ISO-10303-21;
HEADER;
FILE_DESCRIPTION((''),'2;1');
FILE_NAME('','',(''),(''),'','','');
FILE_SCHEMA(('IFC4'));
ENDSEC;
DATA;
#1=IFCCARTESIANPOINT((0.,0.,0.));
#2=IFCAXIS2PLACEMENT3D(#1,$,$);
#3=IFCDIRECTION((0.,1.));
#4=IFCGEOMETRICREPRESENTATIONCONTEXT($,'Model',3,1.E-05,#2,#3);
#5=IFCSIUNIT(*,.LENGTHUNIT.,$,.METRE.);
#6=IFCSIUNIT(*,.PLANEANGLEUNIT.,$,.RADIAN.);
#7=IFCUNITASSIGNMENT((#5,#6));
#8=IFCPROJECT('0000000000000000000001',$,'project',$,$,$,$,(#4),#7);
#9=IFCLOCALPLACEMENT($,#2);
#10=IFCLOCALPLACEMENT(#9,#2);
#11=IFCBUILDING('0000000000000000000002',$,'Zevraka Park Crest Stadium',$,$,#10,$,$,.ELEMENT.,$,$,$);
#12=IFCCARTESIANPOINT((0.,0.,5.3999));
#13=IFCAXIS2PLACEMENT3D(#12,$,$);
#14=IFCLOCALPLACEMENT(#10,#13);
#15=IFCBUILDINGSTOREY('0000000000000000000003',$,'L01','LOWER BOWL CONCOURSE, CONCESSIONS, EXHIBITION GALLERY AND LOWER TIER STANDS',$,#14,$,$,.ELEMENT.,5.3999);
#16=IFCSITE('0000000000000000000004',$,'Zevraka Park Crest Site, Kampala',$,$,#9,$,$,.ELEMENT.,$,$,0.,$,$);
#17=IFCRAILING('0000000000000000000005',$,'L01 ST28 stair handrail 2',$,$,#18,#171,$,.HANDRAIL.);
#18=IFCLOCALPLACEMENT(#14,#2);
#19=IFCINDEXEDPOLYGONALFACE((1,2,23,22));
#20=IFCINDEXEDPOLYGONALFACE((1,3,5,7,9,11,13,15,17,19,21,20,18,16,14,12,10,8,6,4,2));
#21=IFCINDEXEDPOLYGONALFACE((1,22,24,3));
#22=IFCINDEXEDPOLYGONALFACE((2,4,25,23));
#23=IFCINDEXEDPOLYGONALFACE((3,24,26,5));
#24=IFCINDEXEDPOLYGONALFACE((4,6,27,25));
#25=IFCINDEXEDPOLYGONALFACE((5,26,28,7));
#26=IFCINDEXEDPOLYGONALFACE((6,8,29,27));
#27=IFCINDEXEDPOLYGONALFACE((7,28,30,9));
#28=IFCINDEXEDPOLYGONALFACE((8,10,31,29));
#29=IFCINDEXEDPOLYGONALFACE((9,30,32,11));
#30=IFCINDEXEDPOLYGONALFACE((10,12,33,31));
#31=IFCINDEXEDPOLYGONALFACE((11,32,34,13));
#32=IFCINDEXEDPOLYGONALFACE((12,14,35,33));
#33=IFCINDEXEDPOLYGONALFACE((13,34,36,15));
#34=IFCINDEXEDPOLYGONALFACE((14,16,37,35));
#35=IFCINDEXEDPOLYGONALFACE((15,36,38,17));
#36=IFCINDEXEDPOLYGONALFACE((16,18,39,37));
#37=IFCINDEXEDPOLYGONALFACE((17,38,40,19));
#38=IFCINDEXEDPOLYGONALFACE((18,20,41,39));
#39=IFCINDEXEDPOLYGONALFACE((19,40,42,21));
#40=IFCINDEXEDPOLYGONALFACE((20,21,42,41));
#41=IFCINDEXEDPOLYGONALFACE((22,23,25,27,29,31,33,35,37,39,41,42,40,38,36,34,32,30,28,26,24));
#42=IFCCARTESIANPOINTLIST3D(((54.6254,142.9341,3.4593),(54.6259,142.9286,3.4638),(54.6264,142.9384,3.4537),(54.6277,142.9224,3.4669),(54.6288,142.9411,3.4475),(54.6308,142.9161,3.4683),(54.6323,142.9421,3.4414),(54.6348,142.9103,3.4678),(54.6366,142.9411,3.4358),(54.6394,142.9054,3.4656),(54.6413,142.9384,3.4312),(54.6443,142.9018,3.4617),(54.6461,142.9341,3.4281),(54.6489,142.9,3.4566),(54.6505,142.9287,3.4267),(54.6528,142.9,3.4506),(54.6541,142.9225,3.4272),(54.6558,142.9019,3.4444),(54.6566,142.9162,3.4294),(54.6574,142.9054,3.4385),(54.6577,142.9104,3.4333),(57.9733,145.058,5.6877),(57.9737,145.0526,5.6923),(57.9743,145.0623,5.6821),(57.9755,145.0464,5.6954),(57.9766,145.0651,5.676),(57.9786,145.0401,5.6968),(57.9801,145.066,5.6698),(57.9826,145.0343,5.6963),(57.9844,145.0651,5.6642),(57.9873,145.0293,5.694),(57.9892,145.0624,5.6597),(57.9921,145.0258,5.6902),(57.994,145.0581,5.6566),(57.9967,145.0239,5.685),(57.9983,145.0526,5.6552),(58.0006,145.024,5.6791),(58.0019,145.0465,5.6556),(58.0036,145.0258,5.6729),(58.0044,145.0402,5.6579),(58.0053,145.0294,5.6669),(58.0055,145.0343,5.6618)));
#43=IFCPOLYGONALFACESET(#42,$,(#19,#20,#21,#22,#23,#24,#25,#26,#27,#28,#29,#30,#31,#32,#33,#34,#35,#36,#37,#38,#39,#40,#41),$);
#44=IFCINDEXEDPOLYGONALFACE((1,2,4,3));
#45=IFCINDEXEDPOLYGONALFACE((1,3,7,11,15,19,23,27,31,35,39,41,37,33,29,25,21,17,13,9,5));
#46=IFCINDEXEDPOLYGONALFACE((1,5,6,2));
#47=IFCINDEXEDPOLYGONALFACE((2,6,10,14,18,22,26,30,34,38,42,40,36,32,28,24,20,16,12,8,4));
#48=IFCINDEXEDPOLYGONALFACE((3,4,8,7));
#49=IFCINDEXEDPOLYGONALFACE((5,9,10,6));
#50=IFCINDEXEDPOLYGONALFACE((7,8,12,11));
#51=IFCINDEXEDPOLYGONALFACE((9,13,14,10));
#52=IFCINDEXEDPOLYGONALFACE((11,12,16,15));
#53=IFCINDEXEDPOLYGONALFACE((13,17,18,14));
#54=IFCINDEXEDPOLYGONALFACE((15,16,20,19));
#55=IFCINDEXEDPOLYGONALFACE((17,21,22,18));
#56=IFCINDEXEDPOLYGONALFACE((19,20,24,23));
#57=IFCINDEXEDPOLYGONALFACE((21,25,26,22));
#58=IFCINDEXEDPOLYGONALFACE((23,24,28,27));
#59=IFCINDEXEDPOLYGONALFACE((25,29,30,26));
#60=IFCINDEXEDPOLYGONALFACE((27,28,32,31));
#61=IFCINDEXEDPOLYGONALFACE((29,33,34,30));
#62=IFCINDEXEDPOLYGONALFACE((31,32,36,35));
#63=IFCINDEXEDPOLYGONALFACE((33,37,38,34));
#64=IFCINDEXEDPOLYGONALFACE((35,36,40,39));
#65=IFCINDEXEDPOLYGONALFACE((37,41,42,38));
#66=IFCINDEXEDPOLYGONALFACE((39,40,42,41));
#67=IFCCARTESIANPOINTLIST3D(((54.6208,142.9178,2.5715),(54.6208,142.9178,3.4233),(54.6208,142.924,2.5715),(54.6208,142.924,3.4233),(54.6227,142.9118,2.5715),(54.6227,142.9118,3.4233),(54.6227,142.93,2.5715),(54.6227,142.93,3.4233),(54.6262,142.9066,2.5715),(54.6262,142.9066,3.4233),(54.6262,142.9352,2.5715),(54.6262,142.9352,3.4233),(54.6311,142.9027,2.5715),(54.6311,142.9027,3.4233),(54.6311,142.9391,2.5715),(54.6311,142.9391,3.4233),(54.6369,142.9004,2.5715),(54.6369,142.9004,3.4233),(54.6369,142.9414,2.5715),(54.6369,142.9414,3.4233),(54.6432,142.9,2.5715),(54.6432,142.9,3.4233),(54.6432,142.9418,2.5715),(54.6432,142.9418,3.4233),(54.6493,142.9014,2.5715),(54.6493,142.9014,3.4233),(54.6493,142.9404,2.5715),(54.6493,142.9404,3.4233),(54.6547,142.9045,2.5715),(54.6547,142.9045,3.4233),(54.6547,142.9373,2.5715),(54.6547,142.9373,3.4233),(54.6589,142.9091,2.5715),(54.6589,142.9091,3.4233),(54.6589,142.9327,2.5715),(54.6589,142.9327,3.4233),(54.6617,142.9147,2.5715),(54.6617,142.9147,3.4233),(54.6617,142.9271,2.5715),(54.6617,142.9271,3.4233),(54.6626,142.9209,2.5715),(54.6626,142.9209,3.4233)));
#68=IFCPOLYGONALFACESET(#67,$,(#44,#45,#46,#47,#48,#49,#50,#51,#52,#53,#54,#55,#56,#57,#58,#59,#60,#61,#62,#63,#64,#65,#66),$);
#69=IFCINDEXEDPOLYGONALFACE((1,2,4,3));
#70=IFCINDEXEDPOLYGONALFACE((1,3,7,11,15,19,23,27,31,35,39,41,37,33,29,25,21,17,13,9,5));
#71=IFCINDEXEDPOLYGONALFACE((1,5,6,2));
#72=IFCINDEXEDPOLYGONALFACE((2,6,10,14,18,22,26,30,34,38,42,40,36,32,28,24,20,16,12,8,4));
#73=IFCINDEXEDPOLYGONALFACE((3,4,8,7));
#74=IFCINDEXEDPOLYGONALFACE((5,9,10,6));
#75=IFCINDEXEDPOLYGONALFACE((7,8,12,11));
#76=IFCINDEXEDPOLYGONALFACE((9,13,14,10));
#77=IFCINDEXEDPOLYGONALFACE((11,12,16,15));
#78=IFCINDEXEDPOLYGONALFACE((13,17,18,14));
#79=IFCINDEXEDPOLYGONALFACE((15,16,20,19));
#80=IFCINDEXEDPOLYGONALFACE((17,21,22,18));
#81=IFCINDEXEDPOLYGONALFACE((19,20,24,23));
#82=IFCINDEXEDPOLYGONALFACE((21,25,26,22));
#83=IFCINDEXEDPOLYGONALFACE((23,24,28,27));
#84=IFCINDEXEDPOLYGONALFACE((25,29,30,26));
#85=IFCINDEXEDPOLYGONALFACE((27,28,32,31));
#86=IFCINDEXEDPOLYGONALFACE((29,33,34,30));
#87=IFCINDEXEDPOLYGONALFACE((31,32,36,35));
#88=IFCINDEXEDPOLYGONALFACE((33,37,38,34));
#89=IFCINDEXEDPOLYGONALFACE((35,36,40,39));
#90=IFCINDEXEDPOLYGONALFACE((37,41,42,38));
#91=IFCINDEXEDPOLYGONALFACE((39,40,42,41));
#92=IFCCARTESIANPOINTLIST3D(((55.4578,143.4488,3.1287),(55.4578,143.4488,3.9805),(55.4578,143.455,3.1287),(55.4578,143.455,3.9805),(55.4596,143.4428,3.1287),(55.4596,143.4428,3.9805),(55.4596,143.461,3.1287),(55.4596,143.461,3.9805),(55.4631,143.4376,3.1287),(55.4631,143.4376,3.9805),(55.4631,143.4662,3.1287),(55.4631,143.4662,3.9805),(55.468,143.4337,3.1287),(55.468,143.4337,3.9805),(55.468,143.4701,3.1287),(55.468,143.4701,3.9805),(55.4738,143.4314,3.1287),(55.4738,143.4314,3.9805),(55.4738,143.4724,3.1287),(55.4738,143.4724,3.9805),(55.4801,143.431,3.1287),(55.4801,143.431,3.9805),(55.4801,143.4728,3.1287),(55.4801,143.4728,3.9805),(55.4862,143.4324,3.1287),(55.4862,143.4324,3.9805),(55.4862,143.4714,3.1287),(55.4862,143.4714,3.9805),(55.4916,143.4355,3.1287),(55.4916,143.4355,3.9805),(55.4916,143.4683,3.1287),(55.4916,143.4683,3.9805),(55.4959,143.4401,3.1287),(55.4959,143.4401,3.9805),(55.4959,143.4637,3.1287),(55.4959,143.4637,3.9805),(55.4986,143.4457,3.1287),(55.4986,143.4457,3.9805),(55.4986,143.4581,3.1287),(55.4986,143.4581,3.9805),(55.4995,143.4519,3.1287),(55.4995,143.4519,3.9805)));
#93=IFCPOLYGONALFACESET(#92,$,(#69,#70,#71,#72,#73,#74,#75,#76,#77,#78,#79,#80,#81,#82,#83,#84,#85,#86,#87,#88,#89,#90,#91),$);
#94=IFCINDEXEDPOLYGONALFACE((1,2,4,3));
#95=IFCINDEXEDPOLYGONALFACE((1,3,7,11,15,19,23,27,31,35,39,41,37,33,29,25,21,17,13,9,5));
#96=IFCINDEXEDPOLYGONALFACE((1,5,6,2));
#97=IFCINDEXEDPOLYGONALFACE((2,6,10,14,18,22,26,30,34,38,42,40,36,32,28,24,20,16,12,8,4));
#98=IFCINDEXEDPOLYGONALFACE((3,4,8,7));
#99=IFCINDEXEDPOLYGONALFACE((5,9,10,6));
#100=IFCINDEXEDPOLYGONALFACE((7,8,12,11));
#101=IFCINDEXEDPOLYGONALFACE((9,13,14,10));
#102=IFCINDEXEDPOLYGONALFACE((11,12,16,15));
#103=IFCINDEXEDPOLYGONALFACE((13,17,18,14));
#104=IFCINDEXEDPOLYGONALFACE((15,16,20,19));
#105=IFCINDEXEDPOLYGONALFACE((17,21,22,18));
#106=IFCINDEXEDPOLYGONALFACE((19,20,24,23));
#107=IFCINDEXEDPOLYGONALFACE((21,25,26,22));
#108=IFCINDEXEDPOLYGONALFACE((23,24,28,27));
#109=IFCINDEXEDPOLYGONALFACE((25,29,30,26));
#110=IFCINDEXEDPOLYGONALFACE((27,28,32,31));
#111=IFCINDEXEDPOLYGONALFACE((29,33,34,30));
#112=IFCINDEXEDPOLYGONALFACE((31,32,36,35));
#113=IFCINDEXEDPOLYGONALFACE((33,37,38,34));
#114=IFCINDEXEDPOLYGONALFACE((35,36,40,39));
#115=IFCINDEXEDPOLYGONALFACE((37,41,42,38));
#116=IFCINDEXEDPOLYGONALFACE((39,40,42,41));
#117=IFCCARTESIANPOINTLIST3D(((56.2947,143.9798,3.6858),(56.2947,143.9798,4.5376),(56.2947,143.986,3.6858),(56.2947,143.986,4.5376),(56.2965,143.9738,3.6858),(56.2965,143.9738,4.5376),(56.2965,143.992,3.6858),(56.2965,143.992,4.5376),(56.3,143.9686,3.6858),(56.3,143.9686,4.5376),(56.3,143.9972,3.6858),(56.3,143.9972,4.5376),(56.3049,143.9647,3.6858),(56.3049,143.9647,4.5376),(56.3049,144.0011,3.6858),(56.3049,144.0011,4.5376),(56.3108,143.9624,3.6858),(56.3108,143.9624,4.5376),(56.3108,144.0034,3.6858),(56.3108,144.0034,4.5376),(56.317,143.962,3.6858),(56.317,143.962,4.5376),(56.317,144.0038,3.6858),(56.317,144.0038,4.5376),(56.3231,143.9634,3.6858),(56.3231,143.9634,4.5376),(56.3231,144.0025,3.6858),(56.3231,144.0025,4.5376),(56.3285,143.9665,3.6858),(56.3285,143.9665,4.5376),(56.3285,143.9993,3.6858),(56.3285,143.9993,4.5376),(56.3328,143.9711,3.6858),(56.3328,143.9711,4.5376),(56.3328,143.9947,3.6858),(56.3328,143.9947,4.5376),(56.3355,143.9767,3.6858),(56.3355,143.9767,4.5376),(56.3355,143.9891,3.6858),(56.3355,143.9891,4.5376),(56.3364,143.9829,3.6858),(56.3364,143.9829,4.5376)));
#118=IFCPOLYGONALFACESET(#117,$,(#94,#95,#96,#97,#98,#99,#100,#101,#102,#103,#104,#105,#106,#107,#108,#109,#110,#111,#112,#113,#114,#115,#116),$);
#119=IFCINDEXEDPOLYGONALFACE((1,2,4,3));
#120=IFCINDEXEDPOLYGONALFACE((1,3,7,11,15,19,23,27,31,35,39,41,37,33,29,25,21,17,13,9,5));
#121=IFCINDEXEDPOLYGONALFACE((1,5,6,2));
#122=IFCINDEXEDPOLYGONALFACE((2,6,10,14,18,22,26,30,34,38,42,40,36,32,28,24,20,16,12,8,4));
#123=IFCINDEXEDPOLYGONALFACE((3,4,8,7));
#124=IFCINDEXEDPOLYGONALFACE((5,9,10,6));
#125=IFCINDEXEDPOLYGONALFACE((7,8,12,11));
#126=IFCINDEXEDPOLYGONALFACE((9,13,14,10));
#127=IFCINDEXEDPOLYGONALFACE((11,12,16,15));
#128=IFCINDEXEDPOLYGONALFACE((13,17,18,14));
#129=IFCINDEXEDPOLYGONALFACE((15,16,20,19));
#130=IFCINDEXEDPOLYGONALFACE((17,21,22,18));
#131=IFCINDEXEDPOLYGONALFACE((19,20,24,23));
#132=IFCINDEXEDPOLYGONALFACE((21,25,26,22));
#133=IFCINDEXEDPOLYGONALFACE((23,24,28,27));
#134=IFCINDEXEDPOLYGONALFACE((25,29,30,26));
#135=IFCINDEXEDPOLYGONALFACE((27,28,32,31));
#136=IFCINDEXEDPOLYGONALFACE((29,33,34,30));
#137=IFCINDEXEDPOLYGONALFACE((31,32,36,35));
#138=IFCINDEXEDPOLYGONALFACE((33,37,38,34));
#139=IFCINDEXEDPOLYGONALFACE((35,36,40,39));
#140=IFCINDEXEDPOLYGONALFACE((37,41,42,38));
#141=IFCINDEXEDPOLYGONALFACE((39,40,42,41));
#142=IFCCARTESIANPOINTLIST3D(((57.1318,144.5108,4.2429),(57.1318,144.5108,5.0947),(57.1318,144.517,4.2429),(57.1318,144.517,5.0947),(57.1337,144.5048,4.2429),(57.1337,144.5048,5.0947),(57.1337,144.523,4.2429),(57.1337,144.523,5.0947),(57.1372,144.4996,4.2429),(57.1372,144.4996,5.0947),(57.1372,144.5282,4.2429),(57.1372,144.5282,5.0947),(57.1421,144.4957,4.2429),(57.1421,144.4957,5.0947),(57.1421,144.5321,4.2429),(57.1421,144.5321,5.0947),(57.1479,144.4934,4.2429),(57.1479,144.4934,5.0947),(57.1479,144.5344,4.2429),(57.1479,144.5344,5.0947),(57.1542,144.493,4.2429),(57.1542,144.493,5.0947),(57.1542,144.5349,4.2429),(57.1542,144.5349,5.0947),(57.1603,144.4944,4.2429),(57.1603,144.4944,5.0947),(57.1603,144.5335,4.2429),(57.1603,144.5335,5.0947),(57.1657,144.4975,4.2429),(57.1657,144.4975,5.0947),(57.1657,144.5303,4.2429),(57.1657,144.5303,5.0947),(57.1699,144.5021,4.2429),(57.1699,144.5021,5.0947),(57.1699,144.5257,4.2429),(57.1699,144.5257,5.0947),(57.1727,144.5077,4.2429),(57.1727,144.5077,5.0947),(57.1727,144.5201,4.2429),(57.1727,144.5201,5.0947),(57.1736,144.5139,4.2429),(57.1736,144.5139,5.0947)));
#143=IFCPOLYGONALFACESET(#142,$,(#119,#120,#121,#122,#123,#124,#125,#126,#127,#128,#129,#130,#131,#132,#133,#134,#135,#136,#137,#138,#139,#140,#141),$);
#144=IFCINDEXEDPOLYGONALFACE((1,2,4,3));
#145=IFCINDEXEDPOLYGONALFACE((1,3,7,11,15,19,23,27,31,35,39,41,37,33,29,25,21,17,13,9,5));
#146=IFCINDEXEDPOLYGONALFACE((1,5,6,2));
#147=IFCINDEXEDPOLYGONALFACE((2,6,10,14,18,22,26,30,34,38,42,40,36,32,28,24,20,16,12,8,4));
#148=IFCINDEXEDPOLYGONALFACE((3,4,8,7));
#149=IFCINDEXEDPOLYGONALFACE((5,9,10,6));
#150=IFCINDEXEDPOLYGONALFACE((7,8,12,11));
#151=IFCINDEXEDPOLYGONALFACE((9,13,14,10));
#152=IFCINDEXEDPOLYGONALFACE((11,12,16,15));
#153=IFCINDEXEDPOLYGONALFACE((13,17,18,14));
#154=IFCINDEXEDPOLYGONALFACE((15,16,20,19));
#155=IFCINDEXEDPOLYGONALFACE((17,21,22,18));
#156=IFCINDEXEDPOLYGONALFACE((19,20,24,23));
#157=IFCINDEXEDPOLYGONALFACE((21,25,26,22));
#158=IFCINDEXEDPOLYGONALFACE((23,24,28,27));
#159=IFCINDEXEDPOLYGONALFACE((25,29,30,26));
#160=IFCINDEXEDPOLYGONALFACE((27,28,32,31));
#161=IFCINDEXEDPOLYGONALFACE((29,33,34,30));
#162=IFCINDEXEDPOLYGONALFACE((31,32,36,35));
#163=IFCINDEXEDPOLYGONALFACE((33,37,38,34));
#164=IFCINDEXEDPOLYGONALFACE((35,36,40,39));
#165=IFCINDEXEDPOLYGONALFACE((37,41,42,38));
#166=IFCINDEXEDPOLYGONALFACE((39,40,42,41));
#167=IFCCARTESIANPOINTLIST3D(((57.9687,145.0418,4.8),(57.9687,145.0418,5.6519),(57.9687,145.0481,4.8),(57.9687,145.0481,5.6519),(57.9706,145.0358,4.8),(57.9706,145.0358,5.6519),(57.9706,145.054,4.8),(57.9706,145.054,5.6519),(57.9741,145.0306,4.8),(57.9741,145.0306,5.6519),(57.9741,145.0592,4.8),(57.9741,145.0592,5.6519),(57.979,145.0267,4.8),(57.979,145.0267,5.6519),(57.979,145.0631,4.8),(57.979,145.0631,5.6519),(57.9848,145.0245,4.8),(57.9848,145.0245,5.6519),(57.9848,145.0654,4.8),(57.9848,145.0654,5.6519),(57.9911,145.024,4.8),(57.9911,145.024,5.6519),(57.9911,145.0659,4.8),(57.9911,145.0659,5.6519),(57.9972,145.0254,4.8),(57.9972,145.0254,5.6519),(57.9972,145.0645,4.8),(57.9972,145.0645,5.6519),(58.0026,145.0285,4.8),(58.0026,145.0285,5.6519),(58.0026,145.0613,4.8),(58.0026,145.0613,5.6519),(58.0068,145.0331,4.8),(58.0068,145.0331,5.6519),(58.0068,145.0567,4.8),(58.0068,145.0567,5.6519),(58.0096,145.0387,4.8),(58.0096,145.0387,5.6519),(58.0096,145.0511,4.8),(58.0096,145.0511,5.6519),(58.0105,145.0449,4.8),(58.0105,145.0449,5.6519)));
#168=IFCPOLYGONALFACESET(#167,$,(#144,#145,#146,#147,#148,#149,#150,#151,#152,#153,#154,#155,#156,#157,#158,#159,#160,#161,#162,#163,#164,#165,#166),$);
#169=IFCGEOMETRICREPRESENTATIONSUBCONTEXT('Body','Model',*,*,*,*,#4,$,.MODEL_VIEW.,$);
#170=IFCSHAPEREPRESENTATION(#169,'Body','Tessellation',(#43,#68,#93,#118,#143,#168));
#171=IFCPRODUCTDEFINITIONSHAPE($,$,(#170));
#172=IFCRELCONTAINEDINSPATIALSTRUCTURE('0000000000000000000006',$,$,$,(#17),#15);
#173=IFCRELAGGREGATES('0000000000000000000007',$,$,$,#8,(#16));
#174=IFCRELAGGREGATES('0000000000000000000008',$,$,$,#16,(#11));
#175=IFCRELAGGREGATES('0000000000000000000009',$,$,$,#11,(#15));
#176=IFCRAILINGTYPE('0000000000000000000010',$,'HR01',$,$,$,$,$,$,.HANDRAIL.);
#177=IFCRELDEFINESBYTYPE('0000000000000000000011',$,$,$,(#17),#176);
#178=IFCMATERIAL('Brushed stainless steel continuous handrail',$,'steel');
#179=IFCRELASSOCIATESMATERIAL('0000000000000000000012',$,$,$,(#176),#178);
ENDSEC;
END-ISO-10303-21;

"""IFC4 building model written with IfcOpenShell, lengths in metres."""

from ifc_helpers import new_model, si_unit, direction, frame, origin, origin_2d, place, context, subcontext, project, spatial, circle, extrude, material, type_object, element, save


model = new_model("IFC4")

# Units and contexts
model_context = context("Model", 3, precision=1e-05, world=origin(), true_north=direction((0.0, 1.0)))
body_context = subcontext(model_context, "Body", "Model", "MODEL_VIEW")
ifc_project = project(units=[si_unit("LENGTHUNIT", "METRE"), si_unit("PLANEANGLEUNIT", "RADIAN")], contexts=[model_context])

# Site, building, storey
site_placement = place(None, origin())
site = spatial("IfcSite", under=ifc_project, at=site_placement, Name="Zevraka Park Crest Site, Kampala", CompositionType="ELEMENT", RefElevation=0.0)
building_placement = place(site_placement, origin())
building = spatial("IfcBuilding", under=site, at=building_placement, Name="Zevraka Park Crest Stadium", CompositionType="ELEMENT")
storey_placement = place(building_placement, frame((0.0, 0.0, 5.3999)))
storey = spatial("IfcBuildingStorey", under=building, at=storey_placement, Name="L01", Description="LOWER BOWL CONCOURSE, CONCESSIONS, EXHIBITION GALLERY AND LOWER TIER STANDS", CompositionType="ELEMENT", Elevation=5.3999)

# Railing
ifc_material_1 = material(Name="Brushed stainless steel continuous handrail", Category="steel")
railing_type_1 = type_object("IfcRailingType", Name="HR01", PredefinedType="HANDRAIL", material=ifc_material_1)
railing_1_placement = place(storey_placement, frame((54.6416, 142.9209, 2.5715)))
element("IfcRailing", 1, at=railing_1_placement, inside=storey, type_object=railing_type_1, Name="L01 ST28 stair handrail 2", PredefinedType="HANDRAIL", context=body_context, shape_type="SweptSolid", body=[
    extrude(circle(Radius=0.0239, at=origin_2d()), frame((0.0, 0.0, 0.876), z_axis=(0.736092, 0.467002, 0.489977), x_axis=(-0.535716, 0.844399, 0.0)), (0.0, 0.0, 1.0), 4.5481),
    extrude(circle(Radius=0.021, at=origin_2d()), origin(), (0.0, 0.0, 1.0), 0.8518),
    extrude(circle(Radius=0.021, at=origin_2d()), frame((0.8369, 0.531, 0.5571)), (0.0, 0.0, 1.0), 0.8518),
    extrude(circle(Radius=0.021, at=origin_2d()), frame((1.6738, 1.062, 1.1143)), (0.0, 0.0, 1.0), 0.8518),
    extrude(circle(Radius=0.021, at=origin_2d()), frame((2.511, 1.593, 1.6714)), (0.0, 0.0, 1.0), 0.8518),
    extrude(circle(Radius=0.021, at=origin_2d()), frame((3.3479, 2.124, 2.2285)), (0.0, 0.0, 1.0), 0.8518),
])

save(model, "model.ifc")
